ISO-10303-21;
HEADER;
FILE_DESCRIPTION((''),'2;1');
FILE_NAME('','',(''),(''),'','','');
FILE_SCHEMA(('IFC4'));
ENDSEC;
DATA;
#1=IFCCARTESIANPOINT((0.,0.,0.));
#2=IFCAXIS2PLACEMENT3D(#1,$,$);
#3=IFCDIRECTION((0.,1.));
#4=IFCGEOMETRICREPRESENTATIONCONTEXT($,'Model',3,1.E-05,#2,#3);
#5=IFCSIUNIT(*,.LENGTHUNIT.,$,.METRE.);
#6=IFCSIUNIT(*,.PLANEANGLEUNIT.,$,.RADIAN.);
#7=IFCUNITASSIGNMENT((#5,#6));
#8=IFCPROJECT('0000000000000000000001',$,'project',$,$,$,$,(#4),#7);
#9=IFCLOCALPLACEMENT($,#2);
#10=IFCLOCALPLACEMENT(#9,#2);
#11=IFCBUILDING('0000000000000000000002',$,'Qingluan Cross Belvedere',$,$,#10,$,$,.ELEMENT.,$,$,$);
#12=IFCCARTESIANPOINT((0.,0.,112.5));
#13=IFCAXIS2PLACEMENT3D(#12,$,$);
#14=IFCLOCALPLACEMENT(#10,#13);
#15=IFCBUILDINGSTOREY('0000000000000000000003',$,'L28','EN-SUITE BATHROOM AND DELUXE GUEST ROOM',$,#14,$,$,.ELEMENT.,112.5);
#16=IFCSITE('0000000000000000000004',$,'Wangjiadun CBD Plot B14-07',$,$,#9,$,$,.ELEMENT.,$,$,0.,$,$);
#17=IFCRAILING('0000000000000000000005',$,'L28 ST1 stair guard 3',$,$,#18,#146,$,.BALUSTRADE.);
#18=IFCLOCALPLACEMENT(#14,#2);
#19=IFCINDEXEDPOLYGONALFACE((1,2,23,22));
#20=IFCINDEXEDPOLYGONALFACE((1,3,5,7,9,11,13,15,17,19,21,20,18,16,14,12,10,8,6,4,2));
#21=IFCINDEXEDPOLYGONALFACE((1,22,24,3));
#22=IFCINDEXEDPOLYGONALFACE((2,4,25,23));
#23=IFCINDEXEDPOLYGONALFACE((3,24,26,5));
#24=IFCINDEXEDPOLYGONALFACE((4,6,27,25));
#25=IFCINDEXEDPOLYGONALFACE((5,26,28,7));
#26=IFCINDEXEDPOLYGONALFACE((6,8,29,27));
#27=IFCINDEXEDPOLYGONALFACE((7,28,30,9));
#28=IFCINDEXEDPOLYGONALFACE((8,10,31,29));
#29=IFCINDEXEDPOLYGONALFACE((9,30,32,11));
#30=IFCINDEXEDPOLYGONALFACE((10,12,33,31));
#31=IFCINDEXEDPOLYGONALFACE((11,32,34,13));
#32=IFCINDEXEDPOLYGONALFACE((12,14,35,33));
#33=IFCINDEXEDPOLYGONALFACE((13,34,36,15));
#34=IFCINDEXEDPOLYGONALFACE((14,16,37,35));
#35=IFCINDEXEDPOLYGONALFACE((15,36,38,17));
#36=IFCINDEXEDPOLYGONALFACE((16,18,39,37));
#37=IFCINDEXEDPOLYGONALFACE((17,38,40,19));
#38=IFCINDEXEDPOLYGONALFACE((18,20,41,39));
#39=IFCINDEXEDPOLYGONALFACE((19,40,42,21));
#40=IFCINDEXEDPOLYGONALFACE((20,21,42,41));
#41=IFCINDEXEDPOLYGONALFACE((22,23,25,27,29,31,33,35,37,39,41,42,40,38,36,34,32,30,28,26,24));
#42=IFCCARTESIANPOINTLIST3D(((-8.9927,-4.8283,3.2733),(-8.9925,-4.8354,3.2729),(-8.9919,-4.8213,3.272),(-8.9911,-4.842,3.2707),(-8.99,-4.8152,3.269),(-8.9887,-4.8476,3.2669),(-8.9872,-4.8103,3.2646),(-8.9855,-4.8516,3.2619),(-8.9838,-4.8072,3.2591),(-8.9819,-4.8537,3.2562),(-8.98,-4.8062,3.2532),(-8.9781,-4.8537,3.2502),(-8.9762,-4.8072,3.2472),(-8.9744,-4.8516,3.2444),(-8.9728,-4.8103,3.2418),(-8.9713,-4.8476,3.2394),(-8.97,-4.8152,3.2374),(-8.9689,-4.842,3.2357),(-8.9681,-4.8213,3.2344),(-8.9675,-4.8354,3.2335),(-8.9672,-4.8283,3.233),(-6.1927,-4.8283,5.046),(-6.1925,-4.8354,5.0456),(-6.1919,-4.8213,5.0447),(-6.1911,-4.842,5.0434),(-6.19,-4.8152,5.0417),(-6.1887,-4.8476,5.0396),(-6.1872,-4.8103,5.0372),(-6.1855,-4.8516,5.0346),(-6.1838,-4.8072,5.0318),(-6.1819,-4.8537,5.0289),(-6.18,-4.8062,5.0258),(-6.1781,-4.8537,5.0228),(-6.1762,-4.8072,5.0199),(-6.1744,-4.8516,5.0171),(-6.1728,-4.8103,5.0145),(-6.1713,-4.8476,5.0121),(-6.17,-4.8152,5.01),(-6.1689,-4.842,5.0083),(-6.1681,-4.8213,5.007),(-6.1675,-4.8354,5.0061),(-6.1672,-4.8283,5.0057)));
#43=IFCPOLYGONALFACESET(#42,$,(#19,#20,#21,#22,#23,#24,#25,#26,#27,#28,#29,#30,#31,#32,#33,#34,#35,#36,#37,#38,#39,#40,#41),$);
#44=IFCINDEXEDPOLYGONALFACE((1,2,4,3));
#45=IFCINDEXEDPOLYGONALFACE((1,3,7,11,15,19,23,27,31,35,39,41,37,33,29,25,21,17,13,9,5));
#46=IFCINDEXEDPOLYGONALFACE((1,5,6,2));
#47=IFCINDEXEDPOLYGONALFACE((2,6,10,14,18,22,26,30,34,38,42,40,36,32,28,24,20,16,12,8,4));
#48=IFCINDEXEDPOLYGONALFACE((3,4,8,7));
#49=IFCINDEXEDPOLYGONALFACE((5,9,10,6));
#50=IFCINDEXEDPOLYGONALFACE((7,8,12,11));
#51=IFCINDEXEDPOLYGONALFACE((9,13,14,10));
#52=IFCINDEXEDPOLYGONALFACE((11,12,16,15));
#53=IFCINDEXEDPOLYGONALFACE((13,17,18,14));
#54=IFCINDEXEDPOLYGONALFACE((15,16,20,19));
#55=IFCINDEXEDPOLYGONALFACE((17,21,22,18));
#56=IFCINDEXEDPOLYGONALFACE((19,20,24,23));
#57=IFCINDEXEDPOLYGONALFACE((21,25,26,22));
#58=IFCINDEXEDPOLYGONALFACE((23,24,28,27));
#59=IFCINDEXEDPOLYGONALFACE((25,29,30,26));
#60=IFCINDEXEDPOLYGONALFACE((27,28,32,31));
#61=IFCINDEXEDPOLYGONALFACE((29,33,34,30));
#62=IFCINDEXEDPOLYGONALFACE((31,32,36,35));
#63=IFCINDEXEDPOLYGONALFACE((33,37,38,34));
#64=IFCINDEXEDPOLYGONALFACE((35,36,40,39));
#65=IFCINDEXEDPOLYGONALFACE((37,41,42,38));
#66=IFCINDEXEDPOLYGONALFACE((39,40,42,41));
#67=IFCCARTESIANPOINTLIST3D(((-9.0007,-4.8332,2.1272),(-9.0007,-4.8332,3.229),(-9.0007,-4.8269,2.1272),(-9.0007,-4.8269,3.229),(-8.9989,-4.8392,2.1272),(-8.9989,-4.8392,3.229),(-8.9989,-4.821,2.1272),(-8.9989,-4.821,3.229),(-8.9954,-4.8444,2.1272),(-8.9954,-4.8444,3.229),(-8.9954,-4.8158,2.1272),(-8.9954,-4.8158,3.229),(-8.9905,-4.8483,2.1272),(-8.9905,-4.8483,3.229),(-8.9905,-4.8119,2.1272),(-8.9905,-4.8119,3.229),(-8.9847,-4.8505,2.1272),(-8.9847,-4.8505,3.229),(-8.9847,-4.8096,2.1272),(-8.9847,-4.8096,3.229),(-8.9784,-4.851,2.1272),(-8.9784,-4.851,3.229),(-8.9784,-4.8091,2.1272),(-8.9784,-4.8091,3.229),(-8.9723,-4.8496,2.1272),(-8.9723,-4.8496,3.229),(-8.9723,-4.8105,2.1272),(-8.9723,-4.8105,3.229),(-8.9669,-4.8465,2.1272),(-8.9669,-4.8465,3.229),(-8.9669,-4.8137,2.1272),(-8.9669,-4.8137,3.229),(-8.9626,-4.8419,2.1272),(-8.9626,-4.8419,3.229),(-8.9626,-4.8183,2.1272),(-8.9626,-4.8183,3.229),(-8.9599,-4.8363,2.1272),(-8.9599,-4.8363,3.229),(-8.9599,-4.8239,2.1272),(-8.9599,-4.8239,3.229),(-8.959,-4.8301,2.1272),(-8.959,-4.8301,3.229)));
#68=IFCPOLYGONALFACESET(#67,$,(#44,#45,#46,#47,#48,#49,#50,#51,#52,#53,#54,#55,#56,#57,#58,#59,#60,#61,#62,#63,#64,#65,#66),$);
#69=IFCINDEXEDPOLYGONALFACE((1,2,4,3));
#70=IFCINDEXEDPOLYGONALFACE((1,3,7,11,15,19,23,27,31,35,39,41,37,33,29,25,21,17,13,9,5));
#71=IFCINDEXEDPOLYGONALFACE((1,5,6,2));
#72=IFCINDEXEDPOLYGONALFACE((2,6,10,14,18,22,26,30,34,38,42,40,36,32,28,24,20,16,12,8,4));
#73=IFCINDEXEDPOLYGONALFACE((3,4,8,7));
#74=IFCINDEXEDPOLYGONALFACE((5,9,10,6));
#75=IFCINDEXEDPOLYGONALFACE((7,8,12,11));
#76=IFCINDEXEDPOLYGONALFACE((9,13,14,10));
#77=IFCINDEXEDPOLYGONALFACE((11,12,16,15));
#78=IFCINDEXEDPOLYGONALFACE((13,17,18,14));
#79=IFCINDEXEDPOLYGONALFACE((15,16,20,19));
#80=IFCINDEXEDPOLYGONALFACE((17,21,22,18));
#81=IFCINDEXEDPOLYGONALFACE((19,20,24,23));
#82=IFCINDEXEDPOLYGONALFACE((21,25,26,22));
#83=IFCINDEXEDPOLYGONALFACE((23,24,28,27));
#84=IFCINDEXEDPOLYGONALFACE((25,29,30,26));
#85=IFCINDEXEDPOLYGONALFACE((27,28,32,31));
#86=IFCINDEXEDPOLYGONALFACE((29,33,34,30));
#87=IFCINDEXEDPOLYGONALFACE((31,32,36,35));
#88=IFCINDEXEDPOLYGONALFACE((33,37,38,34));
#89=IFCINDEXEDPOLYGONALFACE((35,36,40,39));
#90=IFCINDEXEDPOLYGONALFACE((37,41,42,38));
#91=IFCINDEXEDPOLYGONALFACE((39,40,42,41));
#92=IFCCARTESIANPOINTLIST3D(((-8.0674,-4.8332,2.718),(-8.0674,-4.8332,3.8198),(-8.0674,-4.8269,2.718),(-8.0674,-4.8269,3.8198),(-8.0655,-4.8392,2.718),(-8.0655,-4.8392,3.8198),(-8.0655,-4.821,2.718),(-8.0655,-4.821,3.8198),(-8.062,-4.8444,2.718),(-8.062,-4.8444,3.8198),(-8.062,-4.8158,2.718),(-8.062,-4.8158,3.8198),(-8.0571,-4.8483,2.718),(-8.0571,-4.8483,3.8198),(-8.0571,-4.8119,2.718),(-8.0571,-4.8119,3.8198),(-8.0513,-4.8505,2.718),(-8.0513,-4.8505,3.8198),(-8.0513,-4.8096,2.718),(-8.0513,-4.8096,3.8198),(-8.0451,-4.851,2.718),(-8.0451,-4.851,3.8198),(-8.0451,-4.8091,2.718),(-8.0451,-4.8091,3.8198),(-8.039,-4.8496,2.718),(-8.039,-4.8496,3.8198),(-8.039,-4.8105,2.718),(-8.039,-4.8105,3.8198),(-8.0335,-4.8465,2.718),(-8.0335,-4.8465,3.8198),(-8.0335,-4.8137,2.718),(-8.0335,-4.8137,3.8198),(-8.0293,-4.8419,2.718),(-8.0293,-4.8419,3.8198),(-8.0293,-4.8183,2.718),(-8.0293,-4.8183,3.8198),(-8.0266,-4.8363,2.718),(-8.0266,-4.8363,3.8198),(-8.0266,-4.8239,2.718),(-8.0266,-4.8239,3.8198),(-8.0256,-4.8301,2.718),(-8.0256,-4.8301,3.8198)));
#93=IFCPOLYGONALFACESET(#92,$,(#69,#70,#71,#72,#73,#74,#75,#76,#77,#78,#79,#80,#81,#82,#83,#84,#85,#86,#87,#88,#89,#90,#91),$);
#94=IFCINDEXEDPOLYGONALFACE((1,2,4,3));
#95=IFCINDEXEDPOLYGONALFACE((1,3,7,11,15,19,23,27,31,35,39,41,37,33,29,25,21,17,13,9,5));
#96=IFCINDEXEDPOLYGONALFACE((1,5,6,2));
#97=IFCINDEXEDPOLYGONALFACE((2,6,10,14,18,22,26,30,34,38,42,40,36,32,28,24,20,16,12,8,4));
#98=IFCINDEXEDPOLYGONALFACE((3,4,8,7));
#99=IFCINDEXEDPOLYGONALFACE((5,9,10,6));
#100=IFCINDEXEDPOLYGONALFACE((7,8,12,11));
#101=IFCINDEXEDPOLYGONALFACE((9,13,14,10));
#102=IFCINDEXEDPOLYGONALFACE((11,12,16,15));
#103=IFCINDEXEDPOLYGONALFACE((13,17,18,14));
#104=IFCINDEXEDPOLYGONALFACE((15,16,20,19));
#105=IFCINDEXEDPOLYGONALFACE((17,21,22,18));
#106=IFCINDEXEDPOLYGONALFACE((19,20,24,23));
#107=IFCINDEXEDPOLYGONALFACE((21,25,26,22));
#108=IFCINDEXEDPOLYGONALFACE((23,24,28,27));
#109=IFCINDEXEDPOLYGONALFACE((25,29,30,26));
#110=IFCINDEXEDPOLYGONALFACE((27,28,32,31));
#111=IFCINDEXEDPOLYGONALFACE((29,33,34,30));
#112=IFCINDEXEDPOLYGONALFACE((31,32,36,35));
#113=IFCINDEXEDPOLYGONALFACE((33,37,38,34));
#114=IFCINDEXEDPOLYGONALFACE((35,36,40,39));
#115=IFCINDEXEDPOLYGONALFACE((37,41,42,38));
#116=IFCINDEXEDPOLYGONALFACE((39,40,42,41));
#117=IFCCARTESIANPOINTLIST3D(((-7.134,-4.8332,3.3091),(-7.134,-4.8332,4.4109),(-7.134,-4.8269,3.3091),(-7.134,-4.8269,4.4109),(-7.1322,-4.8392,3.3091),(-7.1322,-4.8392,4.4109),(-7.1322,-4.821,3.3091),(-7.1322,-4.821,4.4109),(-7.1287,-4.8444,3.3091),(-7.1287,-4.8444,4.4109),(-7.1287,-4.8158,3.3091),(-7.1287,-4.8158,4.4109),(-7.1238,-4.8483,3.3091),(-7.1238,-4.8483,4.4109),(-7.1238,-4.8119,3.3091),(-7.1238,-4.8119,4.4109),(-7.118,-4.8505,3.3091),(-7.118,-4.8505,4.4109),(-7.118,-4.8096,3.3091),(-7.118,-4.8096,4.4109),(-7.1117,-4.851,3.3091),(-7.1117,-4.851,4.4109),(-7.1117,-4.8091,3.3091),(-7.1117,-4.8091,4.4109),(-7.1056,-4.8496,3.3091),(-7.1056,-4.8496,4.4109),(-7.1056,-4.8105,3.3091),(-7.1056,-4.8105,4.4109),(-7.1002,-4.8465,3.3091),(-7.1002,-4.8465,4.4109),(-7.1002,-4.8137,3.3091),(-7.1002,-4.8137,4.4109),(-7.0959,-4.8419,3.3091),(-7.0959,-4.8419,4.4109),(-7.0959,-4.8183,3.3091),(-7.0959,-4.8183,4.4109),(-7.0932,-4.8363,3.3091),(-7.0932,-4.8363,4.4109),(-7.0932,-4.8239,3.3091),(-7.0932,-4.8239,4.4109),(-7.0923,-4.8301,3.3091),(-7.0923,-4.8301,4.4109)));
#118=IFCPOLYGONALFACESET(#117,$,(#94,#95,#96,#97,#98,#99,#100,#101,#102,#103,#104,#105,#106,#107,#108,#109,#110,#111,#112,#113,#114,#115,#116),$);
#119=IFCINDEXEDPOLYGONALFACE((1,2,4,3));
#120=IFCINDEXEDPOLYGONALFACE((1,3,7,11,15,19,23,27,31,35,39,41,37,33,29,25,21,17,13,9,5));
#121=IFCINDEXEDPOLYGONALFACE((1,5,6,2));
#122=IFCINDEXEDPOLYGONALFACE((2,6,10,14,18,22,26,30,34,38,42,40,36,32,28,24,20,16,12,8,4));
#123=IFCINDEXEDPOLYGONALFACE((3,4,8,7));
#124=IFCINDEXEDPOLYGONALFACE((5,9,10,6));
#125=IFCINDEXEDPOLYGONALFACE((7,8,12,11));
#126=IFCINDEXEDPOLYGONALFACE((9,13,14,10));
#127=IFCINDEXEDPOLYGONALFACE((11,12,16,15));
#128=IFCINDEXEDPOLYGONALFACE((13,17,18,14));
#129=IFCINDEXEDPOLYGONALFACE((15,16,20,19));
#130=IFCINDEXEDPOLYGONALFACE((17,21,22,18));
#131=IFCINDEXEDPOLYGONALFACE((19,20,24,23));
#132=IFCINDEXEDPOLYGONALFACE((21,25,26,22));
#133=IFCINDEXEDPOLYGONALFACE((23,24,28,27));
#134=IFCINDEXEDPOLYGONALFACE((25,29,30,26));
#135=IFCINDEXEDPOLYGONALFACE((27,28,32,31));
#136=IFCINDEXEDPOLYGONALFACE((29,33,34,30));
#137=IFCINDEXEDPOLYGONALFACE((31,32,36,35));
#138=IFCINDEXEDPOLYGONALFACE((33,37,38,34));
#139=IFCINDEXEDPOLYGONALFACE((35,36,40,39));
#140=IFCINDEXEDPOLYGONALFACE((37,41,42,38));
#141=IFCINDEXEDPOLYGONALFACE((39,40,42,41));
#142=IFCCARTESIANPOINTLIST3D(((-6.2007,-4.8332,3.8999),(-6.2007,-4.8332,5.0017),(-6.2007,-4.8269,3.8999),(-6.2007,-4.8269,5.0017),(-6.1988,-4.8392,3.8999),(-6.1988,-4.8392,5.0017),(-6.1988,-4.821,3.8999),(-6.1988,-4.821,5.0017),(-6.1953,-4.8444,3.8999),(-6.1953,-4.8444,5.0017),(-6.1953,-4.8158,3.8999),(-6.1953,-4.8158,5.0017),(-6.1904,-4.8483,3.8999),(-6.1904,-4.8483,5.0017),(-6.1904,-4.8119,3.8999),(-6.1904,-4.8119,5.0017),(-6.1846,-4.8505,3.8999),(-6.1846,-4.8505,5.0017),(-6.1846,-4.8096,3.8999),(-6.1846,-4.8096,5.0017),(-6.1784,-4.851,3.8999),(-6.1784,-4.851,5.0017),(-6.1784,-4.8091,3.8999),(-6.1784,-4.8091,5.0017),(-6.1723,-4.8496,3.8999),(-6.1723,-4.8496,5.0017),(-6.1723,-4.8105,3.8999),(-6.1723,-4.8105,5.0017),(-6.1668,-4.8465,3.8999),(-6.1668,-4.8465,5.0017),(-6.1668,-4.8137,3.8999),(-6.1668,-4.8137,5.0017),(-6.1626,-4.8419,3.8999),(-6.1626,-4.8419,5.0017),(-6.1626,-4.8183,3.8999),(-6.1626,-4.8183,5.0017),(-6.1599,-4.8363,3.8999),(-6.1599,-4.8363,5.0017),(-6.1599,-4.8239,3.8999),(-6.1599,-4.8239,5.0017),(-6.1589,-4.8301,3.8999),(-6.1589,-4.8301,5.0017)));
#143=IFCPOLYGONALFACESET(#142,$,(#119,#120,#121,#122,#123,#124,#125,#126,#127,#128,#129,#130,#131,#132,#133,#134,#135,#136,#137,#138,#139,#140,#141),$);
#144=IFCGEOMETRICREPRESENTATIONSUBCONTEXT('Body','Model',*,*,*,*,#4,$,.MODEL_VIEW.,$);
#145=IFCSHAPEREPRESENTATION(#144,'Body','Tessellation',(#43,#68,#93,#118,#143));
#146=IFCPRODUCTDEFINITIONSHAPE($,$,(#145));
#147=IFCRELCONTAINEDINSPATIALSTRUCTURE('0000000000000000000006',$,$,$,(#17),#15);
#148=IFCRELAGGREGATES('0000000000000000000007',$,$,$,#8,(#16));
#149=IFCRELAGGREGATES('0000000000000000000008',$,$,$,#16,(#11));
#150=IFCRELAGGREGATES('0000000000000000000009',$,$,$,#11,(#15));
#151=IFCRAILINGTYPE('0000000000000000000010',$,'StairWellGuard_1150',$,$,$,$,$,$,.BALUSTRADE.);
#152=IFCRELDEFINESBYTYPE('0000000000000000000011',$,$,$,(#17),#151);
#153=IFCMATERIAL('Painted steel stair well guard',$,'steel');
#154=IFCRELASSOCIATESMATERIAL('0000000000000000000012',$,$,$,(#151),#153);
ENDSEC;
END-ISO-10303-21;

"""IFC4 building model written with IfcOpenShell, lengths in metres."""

from ifc_helpers import new_model, si_unit, direction, frame, origin, origin_2d, place, context, subcontext, project, spatial, circle, extrude, material, type_object, element, save


model = new_model("IFC4")

# Units and contexts
model_context = context("Model", 3, precision=1e-05, world=origin(), true_north=direction((0.0, 1.0)))
body_context = subcontext(model_context, "Body", "Model", "MODEL_VIEW")
ifc_project = project(units=[si_unit("LENGTHUNIT", "METRE"), si_unit("PLANEANGLEUNIT", "RADIAN")], contexts=[model_context])

# Site, building, storey
site_placement = place(None, origin())
site = spatial("IfcSite", under=ifc_project, at=site_placement, Name="Wangjiadun CBD Plot B14-07", CompositionType="ELEMENT", RefElevation=0.0)
building_placement = place(site_placement, origin())
building = spatial("IfcBuilding", under=site, at=building_placement, Name="Qingluan Cross Belvedere", CompositionType="ELEMENT")
storey_placement = place(building_placement, frame((0.0, 0.0, 112.5)))
storey = spatial("IfcBuildingStorey", under=building, at=storey_placement, Name="L28", Description="EN-SUITE BATHROOM AND DELUXE GUEST ROOM", CompositionType="ELEMENT", Elevation=112.5)

# Railing
ifc_material_1 = material(Name="Painted steel stair well guard", Category="steel")
railing_type_1 = type_object("IfcRailingType", Name="StairWellGuard_1150", PredefinedType="BALUSTRADE", material=ifc_material_1)
railing_1_placement = place(storey_placement, frame((-8.98, -4.8301, 2.1272)))
element("IfcRailing", 1, at=railing_1_placement, inside=storey, type_object=railing_type_1, Name="L28 ST1 stair guard 3", PredefinedType="BALUSTRADE", context=body_context, shape_type="SweptSolid", body=[
    extrude(circle(Radius=0.0239, at=origin_2d()), frame((0.0, 0.0, 1.126), z_axis=(0.844909, 0.0, 0.53491), x_axis=(0.0, 1.0, 0.0)), (0.0, 0.0, 1.0), 3.314),
    extrude(circle(Radius=0.021, at=origin_2d()), origin(), (0.0, 0.0, 1.0), 1.1018),
    extrude(circle(Radius=0.021, at=origin_2d()), frame((0.9333, 0.0, 0.5908)), (0.0, 0.0, 1.0), 1.1018),
    extrude(circle(Radius=0.021, at=origin_2d()), frame((1.8667, 0.0, 1.1819)), (0.0, 0.0, 1.0), 1.1018),
    extrude(circle(Radius=0.021, at=origin_2d()), frame((2.8, 0.0, 1.7727)), (0.0, 0.0, 1.0), 1.1018),
])

save(model, "model.ifc")
